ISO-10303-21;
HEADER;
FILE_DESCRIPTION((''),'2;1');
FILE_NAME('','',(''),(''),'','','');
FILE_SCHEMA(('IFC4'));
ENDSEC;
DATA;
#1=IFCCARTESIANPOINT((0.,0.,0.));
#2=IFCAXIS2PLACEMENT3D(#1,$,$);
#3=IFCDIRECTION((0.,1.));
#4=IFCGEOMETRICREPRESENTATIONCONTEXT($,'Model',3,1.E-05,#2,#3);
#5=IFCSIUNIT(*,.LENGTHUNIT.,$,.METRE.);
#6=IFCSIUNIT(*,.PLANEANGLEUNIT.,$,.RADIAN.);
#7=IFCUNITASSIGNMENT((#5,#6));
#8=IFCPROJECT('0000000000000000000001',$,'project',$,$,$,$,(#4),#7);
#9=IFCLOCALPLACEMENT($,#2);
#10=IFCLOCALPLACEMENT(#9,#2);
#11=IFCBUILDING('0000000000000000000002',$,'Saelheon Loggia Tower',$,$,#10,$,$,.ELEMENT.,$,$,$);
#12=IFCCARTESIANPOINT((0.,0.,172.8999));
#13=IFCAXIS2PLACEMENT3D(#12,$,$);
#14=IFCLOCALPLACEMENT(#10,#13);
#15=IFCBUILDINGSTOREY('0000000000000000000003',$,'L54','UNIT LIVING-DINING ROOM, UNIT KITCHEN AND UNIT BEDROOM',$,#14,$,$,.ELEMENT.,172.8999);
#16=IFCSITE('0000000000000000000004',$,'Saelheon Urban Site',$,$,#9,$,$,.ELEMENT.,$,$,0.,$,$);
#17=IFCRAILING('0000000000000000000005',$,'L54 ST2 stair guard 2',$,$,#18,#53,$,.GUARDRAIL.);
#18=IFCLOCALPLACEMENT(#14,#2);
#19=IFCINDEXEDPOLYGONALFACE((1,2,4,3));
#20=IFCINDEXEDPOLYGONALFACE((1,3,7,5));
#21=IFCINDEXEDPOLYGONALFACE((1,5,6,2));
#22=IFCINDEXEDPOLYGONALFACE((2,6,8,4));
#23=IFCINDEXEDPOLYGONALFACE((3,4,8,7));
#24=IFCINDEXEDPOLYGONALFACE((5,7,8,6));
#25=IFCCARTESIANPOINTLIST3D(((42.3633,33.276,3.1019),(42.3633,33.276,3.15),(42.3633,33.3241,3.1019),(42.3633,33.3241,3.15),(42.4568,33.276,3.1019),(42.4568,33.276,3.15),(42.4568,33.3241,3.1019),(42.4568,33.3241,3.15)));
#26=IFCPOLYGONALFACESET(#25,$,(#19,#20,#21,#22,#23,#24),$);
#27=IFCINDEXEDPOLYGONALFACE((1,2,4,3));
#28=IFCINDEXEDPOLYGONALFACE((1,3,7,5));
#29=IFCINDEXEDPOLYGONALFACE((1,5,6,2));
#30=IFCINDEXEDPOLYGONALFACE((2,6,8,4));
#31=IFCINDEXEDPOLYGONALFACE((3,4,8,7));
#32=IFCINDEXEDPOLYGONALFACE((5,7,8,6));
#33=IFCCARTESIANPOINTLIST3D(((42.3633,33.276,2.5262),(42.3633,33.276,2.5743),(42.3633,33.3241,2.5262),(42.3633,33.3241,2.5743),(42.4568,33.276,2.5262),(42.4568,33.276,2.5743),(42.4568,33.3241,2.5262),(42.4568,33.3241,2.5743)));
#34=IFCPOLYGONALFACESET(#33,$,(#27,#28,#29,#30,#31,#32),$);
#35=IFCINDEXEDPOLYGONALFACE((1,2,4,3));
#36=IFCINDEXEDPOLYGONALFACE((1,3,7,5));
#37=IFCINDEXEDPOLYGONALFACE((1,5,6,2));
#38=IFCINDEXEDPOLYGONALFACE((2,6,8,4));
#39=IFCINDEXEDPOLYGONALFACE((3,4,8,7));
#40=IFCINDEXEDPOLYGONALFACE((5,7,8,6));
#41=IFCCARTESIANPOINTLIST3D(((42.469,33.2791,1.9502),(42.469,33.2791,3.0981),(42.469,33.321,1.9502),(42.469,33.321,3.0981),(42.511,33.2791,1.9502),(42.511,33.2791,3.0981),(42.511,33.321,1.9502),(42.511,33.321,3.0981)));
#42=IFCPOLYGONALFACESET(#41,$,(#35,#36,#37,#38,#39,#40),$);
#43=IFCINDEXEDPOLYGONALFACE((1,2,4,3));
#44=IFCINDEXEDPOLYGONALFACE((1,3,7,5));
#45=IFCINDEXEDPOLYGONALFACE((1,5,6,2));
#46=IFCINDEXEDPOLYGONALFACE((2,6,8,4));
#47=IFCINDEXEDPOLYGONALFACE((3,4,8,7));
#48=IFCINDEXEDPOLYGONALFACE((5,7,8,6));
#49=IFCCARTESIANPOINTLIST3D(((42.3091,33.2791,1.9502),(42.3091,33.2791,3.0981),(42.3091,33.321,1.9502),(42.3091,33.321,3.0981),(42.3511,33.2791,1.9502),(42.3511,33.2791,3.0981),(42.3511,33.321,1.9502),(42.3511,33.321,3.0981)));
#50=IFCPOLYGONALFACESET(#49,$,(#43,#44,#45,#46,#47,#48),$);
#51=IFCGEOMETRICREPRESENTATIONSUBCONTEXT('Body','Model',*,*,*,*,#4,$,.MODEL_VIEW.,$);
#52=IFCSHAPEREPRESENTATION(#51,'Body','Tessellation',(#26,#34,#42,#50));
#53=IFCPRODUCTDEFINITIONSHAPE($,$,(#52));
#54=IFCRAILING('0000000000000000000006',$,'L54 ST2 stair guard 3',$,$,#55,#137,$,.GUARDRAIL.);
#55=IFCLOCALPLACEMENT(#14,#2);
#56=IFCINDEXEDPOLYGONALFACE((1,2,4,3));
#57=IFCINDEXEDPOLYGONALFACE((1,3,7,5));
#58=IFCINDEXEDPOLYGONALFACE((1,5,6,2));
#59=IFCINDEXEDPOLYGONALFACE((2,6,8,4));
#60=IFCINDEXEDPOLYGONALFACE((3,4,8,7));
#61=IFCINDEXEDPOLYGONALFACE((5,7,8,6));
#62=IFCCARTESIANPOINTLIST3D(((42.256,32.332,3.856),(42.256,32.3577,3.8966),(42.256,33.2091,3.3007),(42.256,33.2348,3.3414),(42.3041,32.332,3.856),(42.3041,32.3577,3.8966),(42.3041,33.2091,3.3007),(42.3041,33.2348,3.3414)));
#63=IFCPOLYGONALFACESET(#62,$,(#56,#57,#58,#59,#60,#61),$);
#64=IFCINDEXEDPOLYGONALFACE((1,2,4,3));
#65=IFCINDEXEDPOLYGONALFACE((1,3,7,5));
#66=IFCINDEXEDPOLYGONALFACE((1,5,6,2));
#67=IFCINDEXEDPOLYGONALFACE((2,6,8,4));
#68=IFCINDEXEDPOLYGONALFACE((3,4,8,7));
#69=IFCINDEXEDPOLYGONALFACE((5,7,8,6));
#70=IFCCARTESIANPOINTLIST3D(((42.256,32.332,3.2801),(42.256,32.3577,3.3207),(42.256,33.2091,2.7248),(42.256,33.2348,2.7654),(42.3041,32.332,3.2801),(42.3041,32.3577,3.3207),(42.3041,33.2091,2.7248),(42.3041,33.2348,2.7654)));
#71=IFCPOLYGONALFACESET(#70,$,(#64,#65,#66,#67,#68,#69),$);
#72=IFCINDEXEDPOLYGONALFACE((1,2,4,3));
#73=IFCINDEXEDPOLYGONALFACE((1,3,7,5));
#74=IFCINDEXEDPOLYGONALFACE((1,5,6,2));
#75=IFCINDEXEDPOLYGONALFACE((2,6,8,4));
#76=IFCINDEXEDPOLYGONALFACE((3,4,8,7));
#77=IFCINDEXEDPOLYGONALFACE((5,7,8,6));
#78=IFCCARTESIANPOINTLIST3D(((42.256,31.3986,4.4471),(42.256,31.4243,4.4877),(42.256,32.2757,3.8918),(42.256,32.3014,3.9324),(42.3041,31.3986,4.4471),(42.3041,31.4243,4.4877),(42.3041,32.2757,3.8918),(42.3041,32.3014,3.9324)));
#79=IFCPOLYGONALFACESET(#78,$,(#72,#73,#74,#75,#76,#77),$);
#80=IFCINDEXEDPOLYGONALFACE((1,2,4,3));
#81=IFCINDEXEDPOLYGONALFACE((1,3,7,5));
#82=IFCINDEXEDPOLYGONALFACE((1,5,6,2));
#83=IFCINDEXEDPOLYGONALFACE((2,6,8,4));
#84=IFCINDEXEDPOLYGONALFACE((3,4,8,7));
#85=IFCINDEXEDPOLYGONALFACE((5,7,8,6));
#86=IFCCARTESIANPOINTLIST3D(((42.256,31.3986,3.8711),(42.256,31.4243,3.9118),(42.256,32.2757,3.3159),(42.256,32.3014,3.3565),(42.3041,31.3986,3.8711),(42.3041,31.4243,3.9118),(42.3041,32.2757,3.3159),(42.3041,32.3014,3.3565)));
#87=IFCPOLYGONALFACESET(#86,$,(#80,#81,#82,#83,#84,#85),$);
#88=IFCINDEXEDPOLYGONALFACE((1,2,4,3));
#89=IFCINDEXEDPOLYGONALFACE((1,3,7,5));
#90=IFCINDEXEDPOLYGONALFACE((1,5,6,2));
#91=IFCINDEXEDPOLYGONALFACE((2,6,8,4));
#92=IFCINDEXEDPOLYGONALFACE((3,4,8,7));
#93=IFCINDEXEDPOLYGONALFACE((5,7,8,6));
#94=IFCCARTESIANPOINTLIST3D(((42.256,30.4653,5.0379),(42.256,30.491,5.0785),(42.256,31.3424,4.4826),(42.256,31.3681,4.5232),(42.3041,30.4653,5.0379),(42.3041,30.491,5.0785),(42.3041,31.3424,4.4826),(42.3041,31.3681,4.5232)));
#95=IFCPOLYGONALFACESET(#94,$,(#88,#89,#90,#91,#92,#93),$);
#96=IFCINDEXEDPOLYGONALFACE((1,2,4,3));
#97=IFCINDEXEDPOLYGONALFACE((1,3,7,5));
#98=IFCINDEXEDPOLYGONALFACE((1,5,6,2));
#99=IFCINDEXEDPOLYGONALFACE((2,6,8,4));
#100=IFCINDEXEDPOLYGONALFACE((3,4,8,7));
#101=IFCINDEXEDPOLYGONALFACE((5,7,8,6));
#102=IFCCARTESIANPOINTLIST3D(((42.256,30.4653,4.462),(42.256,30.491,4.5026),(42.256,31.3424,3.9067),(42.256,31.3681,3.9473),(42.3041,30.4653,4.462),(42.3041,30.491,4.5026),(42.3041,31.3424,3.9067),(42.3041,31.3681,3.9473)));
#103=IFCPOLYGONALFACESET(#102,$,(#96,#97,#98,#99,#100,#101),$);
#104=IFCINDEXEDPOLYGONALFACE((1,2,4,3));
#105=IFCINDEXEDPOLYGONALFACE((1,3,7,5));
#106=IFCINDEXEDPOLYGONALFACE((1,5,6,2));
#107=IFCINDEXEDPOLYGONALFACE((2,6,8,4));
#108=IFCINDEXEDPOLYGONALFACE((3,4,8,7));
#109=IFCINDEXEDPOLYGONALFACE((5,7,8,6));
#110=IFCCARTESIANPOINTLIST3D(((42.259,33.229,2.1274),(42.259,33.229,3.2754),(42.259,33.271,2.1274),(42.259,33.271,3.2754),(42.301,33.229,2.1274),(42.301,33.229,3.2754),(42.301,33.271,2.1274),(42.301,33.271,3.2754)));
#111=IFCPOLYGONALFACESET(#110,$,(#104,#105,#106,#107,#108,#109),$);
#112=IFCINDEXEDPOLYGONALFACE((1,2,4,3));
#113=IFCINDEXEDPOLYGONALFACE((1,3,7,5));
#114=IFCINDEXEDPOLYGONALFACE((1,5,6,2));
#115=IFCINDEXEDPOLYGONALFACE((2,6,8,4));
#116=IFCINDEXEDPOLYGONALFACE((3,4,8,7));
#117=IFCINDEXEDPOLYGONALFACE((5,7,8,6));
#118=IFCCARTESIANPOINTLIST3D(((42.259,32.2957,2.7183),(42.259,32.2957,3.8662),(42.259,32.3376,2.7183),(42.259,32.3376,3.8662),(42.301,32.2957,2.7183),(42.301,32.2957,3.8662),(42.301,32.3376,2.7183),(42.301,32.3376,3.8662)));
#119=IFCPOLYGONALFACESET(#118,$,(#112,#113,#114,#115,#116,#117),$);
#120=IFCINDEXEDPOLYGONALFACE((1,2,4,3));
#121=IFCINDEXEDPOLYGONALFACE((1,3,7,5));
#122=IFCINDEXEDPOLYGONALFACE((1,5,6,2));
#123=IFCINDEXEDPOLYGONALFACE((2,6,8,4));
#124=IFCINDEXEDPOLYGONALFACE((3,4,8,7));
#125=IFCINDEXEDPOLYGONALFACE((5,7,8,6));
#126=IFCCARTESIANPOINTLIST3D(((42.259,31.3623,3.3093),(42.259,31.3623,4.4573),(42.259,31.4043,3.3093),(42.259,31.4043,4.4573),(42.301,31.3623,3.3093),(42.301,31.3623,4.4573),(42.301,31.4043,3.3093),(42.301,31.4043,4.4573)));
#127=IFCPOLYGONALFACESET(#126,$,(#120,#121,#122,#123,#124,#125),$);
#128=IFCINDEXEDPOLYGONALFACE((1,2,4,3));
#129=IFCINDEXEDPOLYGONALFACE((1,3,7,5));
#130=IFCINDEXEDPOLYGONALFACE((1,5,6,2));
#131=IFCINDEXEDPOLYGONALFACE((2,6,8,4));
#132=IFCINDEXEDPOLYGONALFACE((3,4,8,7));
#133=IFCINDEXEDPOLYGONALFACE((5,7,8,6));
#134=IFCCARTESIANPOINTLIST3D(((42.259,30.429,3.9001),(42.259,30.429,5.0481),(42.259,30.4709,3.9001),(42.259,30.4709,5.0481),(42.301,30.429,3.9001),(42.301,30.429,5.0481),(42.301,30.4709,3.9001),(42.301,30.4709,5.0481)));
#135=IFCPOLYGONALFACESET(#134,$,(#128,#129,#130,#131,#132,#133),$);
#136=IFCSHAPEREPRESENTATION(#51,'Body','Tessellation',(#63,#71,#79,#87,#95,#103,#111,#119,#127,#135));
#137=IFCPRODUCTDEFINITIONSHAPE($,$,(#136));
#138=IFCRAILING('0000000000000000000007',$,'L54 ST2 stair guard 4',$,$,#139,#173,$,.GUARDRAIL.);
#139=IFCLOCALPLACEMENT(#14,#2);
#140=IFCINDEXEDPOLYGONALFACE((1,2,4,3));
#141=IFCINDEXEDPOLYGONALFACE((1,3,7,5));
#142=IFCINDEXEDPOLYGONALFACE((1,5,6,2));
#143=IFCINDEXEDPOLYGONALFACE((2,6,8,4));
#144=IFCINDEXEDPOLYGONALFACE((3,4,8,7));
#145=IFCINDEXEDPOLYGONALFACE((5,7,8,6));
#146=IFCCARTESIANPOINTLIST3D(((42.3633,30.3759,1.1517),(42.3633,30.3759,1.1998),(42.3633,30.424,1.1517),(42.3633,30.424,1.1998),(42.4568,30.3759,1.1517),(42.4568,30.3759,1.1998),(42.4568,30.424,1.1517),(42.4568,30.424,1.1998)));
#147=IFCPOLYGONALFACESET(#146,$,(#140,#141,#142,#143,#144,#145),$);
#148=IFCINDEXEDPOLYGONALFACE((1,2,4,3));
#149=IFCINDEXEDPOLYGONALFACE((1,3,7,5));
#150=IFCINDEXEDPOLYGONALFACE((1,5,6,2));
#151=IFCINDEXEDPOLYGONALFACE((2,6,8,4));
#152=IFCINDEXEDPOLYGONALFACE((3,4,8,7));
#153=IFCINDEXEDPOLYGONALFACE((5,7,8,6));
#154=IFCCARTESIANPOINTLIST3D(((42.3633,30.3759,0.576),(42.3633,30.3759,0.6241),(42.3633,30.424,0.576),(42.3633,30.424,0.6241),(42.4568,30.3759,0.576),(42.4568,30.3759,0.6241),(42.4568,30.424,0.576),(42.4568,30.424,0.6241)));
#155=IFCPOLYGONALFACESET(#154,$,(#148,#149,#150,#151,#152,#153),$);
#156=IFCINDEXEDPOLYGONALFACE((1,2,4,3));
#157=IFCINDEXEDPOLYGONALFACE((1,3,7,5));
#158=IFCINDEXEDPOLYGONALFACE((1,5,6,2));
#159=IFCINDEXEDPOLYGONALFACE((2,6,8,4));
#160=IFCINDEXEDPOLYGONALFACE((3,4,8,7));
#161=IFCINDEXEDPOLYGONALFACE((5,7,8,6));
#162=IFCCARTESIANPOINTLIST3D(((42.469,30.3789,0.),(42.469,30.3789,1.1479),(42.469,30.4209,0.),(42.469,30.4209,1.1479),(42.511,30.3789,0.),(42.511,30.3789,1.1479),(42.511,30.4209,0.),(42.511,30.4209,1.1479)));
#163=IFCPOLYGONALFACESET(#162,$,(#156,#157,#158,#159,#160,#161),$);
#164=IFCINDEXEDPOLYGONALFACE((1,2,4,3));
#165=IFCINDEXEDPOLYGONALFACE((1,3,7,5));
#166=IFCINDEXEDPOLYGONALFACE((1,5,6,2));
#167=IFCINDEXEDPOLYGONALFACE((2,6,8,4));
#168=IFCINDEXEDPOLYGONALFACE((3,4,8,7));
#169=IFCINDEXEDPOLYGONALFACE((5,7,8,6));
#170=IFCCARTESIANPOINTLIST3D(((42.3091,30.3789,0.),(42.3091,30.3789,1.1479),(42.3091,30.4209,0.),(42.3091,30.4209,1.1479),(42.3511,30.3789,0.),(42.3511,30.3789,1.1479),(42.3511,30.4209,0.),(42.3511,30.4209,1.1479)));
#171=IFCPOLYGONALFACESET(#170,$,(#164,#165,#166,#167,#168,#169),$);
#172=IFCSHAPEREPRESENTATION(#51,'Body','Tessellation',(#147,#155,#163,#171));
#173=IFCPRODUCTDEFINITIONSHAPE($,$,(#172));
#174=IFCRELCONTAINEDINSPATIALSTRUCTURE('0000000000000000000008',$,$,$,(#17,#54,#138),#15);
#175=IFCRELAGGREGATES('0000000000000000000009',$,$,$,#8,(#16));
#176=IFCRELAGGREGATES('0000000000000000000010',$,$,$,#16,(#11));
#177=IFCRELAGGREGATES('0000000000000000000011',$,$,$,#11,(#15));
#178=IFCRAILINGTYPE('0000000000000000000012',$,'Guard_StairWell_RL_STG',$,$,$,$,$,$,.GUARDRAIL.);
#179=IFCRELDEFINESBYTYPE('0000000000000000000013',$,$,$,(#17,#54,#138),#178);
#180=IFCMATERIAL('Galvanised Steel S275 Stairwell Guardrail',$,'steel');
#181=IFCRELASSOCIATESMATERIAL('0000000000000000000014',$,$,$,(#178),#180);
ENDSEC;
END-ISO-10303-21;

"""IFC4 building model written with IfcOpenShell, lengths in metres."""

from ifc_helpers import new_model, si_unit, direction, frame, origin, origin_2d, place, context, subcontext, project, spatial, rectangle, extrude, material, type_object, element, save


model = new_model("IFC4")

# Units and contexts
model_context = context("Model", 3, precision=1e-05, world=origin(), true_north=direction((0.0, 1.0)))
body_context = subcontext(model_context, "Body", "Model", "MODEL_VIEW")
ifc_project = project(units=[si_unit("LENGTHUNIT", "METRE"), si_unit("PLANEANGLEUNIT", "RADIAN")], contexts=[model_context])

# Site, building, storey
site_placement = place(None, origin())
site = spatial("IfcSite", under=ifc_project, at=site_placement, Name="Saelheon Urban Site", CompositionType="ELEMENT", RefElevation=0.0)
building_placement = place(site_placement, origin())
building = spatial("IfcBuilding", under=site, at=building_placement, Name="Saelheon Loggia Tower", CompositionType="ELEMENT")
storey_placement = place(building_placement, frame((0.0, 0.0, 172.8999)))
storey = spatial("IfcBuildingStorey", under=building, at=storey_placement, Name="L54", Description="UNIT LIVING-DINING ROOM, UNIT KITCHEN AND UNIT BEDROOM", CompositionType="ELEMENT", Elevation=172.8999)

# Railings
ifc_material_1 = material(Name="Galvanised Steel S275 Stairwell Guardrail", Category="steel")
railing_type_1 = type_object("IfcRailingType", Name="Guard_StairWell_RL_STG", PredefinedType="GUARDRAIL", material=ifc_material_1)
railing_1_placement = place(storey_placement, frame((42.49, 33.3, 1.9502)))
element("IfcRailing", 1, at=railing_1_placement, inside=storey, type_object=railing_type_1, Name="L54 ST2 stair guard 2", PredefinedType="GUARDRAIL", context=body_context, shape_type="SweptSolid", body=[
    extrude(rectangle(XDim=0.0481, YDim=0.0481, at=origin_2d()), frame((-0.0332, 0.0, 1.1758), z_axis=(-1.0, 0.0, 0.0), x_axis=(0.0, -1.0, 0.0)), (0.0, 0.0, 1.0), 0.0935),
    extrude(rectangle(XDim=0.0481, YDim=0.0481, at=origin_2d()), frame((-0.0332, 0.0, 0.6001), z_axis=(-1.0, 0.0, 0.0), x_axis=(0.0, -1.0, 0.0)), (0.0, 0.0, 1.0), 0.0935),
    extrude(rectangle(XDim=0.042, YDim=0.042, at=origin_2d()), origin(), (0.0, 0.0, 1.0), 1.1479),
    extrude(rectangle(XDim=0.042, YDim=0.042, at=origin_2d()), frame((-0.1599, 0.0, 0.0)), (0.0, 0.0, 1.0), 1.1479),
])
railing_2_placement = place(storey_placement, frame((42.28, 33.25, 2.1274)))
element("IfcRailing", 2, at=railing_2_placement, inside=storey, type_object=railing_type_1, Name="L54 ST2 stair guard 3", PredefinedType="GUARDRAIL", context=body_context, shape_type="SweptSolid", body=[
    extrude(rectangle(XDim=0.0481, YDim=0.0481, at=origin_2d()), frame((0.0, -0.0281, 1.1936), z_axis=(0.0, -0.844909, 0.53491), x_axis=(1.0, 0.0, 0.0)), (0.0, 0.0, 1.0), 1.0381),
    extrude(rectangle(XDim=0.0481, YDim=0.0481, at=origin_2d()), frame((0.0, -0.0281, 0.6177), z_axis=(0.0, -0.844909, 0.53491), x_axis=(1.0, 0.0, 0.0)), (0.0, 0.0, 1.0), 1.0381),
    extrude(rectangle(XDim=0.0481, YDim=0.0481, at=origin_2d()), frame((0.0, -0.9614, 1.7847), z_axis=(0.0, -0.844909, 0.53491), x_axis=(1.0, 0.0, 0.0)), (0.0, 0.0, 1.0), 1.0381),
    extrude(rectangle(XDim=0.0481, YDim=0.0481, at=origin_2d()), frame((0.0, -0.9614, 1.2087), z_axis=(0.0, -0.844909, 0.53491), x_axis=(1.0, 0.0, 0.0)), (0.0, 0.0, 1.0), 1.0381),
    extrude(rectangle(XDim=0.0481, YDim=0.0481, at=origin_2d()), frame((0.0, -1.8948, 2.3755), z_axis=(0.0, -0.844909, 0.53491), x_axis=(1.0, 0.0, 0.0)), (0.0, 0.0, 1.0), 1.0381),
    extrude(rectangle(XDim=0.0481, YDim=0.0481, at=origin_2d()), frame((0.0, -1.8948, 1.7996), z_axis=(0.0, -0.844909, 0.53491), x_axis=(1.0, 0.0, 0.0)), (0.0, 0.0, 1.0), 1.0381),
    extrude(rectangle(XDim=0.042, YDim=0.042, at=origin_2d()), origin(), (0.0, 0.0, 1.0), 1.1479),
    extrude(rectangle(XDim=0.042, YDim=0.042, at=origin_2d()), frame((0.0, -0.9333, 0.5908)), (0.0, 0.0, 1.0), 1.1479),
    extrude(rectangle(XDim=0.042, YDim=0.042, at=origin_2d()), frame((0.0, -1.8667, 1.1819)), (0.0, 0.0, 1.0), 1.1479),
    extrude(rectangle(XDim=0.042, YDim=0.042, at=origin_2d()), frame((0.0, -2.8, 1.7727)), (0.0, 0.0, 1.0), 1.1479),
])
railing_3_placement = place(storey_placement, frame((42.49, 30.3999, 0.0)))
element("IfcRailing", 3, at=railing_3_placement, inside=storey, type_object=railing_type_1, Name="L54 ST2 stair guard 4", PredefinedType="GUARDRAIL", context=body_context, shape_type="SweptSolid", body=[
    extrude(rectangle(XDim=0.0481, YDim=0.0481, at=origin_2d()), frame((-0.0332, 0.0, 1.1758), z_axis=(-1.0, 0.0, 0.0), x_axis=(0.0, -1.0, 0.0)), (0.0, 0.0, 1.0), 0.0935),
    extrude(rectangle(XDim=0.0481, YDim=0.0481, at=origin_2d()), frame((-0.0332, 0.0, 0.6001), z_axis=(-1.0, 0.0, 0.0), x_axis=(0.0, -1.0, 0.0)), (0.0, 0.0, 1.0), 0.0935),
    extrude(rectangle(XDim=0.042, YDim=0.042, at=origin_2d()), origin(), (0.0, 0.0, 1.0), 1.1479),
    extrude(rectangle(XDim=0.042, YDim=0.042, at=origin_2d()), frame((-0.1599, 0.0, 0.0)), (0.0, 0.0, 1.0), 1.1479),
])

save(model, "model.ifc")
